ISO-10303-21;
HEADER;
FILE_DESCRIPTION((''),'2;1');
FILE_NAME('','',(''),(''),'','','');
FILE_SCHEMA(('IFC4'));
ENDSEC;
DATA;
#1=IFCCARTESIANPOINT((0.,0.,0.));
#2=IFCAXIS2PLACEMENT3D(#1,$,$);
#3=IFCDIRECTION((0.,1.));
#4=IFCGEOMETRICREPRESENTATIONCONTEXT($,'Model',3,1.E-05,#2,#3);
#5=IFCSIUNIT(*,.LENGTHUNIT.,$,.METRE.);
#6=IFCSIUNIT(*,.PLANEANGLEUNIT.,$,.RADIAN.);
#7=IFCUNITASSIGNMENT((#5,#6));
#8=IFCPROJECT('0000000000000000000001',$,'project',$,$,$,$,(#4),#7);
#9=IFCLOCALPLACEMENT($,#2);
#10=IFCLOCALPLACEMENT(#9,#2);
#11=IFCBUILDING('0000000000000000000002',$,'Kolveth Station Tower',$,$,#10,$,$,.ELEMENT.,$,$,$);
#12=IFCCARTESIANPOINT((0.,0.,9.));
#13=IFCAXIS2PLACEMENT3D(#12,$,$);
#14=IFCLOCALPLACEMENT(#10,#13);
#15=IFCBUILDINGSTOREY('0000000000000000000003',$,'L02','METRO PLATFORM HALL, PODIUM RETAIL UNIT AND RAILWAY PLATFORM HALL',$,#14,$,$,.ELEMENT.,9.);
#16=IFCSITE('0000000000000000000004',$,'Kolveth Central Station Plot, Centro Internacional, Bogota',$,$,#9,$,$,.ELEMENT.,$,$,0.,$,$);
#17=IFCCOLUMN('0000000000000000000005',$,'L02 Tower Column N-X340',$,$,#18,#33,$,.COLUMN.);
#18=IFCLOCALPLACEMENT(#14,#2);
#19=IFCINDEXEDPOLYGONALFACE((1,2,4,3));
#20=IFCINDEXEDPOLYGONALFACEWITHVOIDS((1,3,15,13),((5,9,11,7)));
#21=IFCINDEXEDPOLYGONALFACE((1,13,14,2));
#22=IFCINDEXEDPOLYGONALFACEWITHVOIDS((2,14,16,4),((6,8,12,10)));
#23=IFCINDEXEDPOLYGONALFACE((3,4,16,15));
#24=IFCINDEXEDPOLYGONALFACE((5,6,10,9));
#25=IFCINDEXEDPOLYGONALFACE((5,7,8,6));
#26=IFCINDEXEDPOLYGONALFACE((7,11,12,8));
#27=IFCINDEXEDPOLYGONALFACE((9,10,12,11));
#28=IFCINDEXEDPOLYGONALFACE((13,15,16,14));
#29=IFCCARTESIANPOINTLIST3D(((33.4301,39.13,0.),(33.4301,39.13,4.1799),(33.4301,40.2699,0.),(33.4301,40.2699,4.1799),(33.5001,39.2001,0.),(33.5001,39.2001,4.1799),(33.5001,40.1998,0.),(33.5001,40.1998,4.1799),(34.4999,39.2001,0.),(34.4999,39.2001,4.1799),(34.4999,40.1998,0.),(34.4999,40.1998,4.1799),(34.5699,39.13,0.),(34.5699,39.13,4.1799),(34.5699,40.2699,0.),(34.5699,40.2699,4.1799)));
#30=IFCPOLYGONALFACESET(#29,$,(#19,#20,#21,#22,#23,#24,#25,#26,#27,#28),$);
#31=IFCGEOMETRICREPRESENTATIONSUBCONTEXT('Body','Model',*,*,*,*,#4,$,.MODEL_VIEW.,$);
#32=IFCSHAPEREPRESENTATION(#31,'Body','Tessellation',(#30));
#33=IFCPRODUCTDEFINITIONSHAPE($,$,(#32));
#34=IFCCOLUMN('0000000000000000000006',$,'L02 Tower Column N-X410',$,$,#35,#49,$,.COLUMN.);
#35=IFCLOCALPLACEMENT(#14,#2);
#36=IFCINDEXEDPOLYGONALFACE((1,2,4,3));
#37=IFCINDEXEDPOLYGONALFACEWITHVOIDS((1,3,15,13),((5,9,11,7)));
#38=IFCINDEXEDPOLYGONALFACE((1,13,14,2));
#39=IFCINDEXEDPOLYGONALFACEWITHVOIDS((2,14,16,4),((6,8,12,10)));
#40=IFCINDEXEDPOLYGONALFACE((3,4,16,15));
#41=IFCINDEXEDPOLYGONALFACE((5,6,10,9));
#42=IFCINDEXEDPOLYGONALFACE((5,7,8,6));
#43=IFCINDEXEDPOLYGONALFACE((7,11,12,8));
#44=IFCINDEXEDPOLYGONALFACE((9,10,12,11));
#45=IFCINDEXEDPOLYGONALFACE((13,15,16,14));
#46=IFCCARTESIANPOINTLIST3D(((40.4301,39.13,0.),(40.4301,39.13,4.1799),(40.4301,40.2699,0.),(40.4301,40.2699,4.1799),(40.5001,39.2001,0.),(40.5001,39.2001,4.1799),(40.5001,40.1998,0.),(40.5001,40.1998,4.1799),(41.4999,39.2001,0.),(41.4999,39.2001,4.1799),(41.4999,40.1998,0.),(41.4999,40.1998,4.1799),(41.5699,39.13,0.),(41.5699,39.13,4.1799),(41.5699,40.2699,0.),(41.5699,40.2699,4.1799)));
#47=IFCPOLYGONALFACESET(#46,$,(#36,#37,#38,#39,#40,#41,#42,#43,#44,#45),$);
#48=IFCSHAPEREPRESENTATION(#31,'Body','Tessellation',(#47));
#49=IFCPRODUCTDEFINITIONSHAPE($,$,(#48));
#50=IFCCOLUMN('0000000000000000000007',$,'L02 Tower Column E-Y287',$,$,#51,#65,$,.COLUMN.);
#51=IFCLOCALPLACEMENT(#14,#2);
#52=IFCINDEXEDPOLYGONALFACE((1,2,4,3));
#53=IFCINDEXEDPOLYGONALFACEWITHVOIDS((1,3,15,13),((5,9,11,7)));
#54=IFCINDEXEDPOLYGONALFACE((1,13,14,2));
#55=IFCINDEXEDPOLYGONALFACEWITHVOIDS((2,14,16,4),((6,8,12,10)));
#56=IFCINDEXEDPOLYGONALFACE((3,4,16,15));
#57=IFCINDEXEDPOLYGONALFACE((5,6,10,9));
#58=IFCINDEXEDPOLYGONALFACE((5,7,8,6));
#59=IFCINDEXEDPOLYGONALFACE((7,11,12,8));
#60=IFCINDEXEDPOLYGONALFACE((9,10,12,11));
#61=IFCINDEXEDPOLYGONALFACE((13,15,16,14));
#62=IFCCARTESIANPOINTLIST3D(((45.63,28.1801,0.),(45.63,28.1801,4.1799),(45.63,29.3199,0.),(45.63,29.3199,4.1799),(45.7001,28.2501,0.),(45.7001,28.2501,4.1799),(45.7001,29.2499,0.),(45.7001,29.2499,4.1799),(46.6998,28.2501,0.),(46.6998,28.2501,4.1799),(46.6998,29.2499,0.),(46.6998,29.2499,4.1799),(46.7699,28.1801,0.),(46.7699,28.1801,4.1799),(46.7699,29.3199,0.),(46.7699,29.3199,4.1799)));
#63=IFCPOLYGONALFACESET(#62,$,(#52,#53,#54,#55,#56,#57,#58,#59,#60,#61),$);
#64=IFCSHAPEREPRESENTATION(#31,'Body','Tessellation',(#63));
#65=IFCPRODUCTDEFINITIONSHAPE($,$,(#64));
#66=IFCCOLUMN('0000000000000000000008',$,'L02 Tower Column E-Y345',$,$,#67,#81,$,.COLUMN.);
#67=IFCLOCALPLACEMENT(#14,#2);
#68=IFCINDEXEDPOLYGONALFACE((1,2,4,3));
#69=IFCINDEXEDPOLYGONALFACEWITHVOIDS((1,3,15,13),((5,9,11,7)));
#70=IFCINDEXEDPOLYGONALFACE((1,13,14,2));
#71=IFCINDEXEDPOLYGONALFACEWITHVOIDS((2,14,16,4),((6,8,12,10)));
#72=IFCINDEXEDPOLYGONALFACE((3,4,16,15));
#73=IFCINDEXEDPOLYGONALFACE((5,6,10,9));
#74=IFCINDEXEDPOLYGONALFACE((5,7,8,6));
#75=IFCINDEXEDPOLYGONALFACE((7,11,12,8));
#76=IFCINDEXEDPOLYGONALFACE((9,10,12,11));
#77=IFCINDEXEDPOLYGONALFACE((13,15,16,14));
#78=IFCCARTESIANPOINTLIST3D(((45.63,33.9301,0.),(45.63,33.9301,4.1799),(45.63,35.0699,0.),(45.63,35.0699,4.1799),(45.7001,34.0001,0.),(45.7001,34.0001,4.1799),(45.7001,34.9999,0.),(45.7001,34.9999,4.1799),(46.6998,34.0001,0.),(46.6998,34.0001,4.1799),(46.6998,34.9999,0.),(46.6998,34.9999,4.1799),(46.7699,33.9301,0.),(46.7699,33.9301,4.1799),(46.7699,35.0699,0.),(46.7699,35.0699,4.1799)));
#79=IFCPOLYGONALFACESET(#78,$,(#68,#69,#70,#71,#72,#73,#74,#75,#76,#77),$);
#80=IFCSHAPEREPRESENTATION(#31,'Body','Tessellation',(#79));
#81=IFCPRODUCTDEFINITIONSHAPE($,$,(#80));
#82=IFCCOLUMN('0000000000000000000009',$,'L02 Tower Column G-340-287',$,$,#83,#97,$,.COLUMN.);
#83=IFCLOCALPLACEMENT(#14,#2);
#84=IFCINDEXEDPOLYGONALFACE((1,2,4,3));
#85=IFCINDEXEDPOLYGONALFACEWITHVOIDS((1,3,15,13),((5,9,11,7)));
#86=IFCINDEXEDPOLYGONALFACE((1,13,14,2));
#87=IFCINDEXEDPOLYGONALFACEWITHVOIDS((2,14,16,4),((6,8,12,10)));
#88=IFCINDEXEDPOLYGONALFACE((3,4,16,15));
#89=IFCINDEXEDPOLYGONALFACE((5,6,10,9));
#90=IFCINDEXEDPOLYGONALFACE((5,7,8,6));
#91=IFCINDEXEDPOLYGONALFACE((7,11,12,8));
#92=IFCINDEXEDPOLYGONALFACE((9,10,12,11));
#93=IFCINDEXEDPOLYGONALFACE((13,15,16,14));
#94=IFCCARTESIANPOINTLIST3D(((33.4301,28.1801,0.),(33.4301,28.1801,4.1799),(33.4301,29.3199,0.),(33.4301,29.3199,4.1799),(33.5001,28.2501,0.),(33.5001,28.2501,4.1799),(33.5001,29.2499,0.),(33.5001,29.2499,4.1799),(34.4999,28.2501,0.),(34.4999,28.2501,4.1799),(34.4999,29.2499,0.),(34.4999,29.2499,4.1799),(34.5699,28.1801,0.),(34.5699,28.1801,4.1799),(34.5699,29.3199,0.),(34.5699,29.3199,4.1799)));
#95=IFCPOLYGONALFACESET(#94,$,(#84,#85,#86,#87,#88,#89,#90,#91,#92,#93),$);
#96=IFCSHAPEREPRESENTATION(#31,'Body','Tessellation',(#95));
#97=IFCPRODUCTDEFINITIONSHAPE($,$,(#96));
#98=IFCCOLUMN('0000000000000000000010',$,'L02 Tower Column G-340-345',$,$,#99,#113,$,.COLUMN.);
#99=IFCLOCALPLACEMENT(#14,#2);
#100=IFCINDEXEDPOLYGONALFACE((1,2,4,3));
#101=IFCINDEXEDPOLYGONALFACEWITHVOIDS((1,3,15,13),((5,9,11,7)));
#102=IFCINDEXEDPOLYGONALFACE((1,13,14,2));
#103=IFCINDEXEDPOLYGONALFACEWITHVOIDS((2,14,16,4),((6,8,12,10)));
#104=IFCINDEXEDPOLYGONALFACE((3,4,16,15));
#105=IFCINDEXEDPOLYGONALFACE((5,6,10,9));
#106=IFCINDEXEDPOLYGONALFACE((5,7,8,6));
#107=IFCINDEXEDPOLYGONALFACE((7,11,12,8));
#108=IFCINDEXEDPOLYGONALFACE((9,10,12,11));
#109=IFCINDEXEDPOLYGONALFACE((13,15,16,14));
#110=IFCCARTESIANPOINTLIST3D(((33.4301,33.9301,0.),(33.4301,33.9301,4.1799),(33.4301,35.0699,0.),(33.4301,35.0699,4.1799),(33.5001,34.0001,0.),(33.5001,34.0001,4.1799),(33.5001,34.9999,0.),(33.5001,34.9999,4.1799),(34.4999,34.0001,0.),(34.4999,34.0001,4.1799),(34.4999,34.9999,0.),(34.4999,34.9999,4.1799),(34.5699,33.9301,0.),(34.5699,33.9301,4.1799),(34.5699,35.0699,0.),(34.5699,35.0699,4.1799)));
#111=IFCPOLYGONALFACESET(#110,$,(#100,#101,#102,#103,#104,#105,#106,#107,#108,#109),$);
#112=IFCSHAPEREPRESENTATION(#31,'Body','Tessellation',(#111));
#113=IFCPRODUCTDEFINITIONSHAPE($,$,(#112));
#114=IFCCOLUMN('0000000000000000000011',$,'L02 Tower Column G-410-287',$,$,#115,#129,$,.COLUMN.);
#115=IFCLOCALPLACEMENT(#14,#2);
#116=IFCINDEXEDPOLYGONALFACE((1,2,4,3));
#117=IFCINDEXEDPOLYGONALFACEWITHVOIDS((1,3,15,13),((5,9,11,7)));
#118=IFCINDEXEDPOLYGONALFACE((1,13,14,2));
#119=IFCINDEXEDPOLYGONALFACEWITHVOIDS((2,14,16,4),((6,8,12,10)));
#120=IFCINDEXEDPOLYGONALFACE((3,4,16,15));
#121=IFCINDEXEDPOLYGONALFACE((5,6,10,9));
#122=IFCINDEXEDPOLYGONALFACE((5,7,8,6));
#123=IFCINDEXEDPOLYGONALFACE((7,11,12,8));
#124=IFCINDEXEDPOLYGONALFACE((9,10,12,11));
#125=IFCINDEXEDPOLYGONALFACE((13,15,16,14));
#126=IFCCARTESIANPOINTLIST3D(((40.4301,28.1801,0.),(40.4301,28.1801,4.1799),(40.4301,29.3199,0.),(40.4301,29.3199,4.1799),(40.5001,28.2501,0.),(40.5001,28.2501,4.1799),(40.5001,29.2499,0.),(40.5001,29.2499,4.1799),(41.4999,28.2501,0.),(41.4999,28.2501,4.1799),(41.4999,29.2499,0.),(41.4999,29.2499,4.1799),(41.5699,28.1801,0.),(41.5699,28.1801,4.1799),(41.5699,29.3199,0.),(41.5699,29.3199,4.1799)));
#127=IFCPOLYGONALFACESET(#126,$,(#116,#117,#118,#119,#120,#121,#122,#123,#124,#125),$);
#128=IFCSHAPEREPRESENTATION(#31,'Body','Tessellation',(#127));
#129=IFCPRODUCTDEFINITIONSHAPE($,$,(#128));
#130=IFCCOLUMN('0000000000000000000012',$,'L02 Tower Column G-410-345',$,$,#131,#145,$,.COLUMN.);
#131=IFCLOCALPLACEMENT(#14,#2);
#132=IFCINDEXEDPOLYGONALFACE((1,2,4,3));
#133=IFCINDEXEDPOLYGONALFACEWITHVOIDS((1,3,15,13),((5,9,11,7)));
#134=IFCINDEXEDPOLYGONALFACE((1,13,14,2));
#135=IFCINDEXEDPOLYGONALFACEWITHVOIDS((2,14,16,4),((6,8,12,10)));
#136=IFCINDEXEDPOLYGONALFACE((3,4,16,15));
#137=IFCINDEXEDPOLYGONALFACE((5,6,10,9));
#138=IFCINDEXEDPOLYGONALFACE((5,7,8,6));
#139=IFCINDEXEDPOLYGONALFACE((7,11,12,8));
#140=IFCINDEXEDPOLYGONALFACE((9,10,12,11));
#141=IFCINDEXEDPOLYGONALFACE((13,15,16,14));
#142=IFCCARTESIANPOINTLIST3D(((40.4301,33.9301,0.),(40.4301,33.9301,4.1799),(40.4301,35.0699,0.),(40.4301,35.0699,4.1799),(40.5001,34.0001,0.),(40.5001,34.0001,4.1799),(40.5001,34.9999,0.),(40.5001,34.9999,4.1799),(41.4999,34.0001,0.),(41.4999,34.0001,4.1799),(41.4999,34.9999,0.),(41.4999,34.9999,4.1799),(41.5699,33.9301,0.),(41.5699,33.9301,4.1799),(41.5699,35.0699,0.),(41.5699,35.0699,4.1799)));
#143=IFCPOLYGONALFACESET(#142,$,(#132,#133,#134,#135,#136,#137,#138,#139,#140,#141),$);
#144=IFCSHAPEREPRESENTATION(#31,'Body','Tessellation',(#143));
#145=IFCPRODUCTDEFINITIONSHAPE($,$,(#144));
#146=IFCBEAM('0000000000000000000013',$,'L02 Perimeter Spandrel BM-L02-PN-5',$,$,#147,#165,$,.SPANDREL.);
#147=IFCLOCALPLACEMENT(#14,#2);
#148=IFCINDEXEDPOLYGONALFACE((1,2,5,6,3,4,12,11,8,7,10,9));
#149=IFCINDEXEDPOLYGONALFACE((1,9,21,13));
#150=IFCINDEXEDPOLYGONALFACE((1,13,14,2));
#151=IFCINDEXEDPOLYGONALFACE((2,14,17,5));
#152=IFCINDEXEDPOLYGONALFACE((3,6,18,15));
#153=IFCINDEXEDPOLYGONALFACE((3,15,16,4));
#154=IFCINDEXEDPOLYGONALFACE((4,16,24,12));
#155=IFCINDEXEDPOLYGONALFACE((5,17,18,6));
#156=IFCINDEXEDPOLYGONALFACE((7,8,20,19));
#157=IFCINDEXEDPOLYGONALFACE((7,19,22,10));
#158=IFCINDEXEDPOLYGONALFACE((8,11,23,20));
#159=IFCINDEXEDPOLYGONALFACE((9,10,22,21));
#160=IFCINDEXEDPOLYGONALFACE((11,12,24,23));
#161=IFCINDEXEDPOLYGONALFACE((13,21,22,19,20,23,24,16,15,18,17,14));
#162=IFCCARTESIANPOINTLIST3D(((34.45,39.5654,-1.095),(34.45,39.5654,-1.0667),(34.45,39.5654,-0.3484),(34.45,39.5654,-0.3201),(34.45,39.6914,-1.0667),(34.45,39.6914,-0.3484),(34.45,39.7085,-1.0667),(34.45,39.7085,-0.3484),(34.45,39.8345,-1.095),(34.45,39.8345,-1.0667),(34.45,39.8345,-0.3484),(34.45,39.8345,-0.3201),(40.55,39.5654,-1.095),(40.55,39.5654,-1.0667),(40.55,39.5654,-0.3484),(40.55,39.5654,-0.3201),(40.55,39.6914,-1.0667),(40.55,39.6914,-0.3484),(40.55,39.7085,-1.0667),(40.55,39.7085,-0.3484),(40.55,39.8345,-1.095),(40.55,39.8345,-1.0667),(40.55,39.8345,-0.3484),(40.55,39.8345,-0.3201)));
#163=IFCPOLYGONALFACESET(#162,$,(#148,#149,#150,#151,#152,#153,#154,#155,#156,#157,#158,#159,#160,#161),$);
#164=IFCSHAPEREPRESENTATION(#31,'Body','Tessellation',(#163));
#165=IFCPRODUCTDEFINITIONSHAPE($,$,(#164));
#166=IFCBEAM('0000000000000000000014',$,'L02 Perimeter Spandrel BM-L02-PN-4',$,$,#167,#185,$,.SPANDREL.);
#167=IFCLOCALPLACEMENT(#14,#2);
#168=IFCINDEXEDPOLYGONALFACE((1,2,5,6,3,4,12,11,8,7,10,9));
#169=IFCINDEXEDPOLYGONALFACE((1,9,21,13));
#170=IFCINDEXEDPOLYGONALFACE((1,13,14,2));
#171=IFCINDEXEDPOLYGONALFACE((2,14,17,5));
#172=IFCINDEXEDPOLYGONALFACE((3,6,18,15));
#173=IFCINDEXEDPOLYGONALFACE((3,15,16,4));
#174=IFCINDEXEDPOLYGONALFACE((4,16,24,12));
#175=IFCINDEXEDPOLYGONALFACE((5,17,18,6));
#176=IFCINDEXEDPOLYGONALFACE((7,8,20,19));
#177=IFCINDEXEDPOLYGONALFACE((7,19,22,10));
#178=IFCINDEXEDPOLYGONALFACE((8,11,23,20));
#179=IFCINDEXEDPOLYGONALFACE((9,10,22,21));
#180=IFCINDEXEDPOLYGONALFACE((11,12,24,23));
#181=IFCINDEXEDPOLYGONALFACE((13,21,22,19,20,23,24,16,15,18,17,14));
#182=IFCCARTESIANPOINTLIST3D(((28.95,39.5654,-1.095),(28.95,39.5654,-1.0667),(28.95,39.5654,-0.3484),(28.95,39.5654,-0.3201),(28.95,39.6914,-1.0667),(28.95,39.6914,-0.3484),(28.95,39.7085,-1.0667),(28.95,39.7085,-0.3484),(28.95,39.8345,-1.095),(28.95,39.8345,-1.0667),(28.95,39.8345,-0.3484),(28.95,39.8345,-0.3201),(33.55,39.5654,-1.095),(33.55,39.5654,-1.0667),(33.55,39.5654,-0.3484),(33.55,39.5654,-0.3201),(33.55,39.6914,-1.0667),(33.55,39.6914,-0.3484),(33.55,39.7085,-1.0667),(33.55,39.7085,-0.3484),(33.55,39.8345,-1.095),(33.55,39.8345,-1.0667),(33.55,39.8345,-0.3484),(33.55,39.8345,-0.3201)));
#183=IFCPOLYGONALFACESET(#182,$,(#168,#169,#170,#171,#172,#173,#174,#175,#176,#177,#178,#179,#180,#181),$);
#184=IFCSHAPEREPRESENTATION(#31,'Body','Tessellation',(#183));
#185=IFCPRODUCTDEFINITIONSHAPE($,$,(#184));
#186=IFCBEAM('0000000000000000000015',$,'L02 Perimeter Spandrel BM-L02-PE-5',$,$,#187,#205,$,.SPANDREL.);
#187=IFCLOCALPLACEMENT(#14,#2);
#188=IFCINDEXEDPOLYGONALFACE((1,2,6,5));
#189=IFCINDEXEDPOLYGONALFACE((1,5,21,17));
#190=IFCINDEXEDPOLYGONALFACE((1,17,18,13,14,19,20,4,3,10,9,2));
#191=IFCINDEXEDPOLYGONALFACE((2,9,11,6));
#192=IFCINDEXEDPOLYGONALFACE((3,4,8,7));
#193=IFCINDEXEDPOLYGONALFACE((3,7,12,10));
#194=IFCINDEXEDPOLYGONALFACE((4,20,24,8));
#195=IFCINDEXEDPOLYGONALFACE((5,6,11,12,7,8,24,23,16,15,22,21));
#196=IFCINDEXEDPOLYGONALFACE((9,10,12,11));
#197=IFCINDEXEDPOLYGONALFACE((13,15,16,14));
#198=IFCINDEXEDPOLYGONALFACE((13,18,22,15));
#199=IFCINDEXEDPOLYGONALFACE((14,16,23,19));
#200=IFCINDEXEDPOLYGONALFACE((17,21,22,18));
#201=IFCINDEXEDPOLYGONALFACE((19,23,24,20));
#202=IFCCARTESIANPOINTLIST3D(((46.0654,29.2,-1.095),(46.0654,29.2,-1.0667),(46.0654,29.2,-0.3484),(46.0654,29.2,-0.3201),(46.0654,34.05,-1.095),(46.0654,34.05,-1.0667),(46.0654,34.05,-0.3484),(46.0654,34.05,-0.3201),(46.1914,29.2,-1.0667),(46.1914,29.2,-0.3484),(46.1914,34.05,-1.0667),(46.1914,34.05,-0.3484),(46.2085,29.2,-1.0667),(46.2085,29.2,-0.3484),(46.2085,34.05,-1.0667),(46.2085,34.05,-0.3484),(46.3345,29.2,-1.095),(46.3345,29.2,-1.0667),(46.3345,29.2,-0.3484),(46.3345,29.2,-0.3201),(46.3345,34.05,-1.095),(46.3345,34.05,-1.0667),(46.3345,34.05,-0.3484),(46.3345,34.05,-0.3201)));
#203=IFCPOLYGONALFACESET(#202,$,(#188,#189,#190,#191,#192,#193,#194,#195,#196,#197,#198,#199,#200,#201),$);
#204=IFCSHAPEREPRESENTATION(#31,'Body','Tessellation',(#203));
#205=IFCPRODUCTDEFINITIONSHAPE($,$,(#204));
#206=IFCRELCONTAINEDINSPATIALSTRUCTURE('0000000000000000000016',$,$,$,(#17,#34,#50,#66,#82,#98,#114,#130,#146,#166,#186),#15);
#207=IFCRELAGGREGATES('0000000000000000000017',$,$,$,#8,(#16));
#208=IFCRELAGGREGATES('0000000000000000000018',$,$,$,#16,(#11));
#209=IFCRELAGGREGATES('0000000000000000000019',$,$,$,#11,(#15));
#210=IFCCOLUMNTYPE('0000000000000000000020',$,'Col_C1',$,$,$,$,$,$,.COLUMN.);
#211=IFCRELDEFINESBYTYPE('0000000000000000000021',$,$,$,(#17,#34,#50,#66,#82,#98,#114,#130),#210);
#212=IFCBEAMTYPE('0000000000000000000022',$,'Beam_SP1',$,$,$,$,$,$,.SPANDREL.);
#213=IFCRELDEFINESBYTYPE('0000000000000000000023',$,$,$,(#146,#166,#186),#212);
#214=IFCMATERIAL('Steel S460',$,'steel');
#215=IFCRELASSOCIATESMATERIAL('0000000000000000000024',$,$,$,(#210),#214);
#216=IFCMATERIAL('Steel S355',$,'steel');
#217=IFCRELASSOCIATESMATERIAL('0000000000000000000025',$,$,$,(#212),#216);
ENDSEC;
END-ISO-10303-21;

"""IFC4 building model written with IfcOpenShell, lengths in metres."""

from ifc_helpers import new_model, si_unit, direction, frame, origin, origin_2d, place, context, subcontext, project, spatial, hollow_rectangle, i_section, extrude, source, transform, mapped, material, material_profile, profile_set, type_object, element, save


model = new_model("IFC4")

# Units and contexts
model_context = context("Model", 3, precision=1e-05, world=origin(), true_north=direction((0.0, 1.0)))
body_context = subcontext(model_context, "Body", "Model", "MODEL_VIEW")
ifc_project = project(units=[si_unit("LENGTHUNIT", "METRE"), si_unit("PLANEANGLEUNIT", "RADIAN")], contexts=[model_context])

# Site, building, storey
site_placement = place(None, origin())
site = spatial("IfcSite", under=ifc_project, at=site_placement, Name="Kolveth Central Station Plot, Centro Internacional, Bogota", CompositionType="ELEMENT", RefElevation=0.0)
building_placement = place(site_placement, origin())
building = spatial("IfcBuilding", under=site, at=building_placement, Name="Kolveth Station Tower", CompositionType="ELEMENT")
storey_placement = place(building_placement, frame((0.0, 0.0, 9.0)))
storey = spatial("IfcBuildingStorey", under=building, at=storey_placement, Name="L02", Description="METRO PLATFORM HALL, PODIUM RETAIL UNIT AND RAILWAY PLATFORM HALL", CompositionType="ELEMENT", Elevation=9.0)

# Columns
ifc_material_1 = material(Name="Steel S460", Category="steel")
ifc_material_profile_1 = material_profile(ifc_material_1, hollow_rectangle(XDim=1.1399, YDim=1.1399, WallThickness=0.0701, at=origin_2d()), Name="BOX1140x1140x70")
ifc_profile_set_1 = profile_set([ifc_material_profile_1], Name="Steel S460")
column_type = type_object("IfcColumnType", Name="Col_C1", PredefinedType="COLUMN", material=ifc_profile_set_1)
shared_shape_1 = source(origin(), body_context, "Body", "SweptSolid", [
    extrude(hollow_rectangle(XDim=1.1399, YDim=1.1399, WallThickness=0.0701, at=origin_2d()), origin(), (0.0, 0.0, 1.0), 4.1799),
])
for number, where, z_axis, x_axis, name in (
    (1, (34.0, 39.7, 0.0), (0.0, 0.0, 1.0), (1.0, 0.0, 0.0), "L02 Tower Column N-X340"),
    (2, (41.0, 39.7, 0.0), (0.0, 0.0, 1.0), (1.0, 0.0, 0.0), "L02 Tower Column N-X410"),
    (3, (46.2, 28.75, 0.0), (0.0, 0.0, 1.0), (1.0, 0.0, 0.0), "L02 Tower Column E-Y287"),
    (4, (46.2, 34.5, 0.0), (0.0, 0.0, 1.0), (1.0, 0.0, 0.0), "L02 Tower Column E-Y345"),
    (5, (34.0, 28.75, 0.0), (0.0, 0.0, 1.0), (1.0, 0.0, 0.0), "L02 Tower Column G-340-287"),
    (6, (34.0, 34.5, 0.0), (0.0, 0.0, 1.0), (1.0, 0.0, 0.0), "L02 Tower Column G-340-345"),
    (7, (41.0, 28.75, 0.0), (0.0, 0.0, 1.0), (1.0, 0.0, 0.0), "L02 Tower Column G-410-287"),
    (8, (41.0, 34.5, 0.0), (0.0, 0.0, 1.0), (1.0, 0.0, 0.0), "L02 Tower Column G-410-345"),
):
    element("IfcColumn", number, at=place(storey_placement, frame(where, z_axis=z_axis, x_axis=x_axis)), inside=storey, type_object=column_type, Name=name, PredefinedType="COLUMN", context=body_context, shape_type="MappedRepresentation", body=[
        mapped(shared_shape_1, transform((0.0, 0.0, 0.0), x_axis=(1.0, 0.0, 0.0), y_axis=(0.0, 1.0, 0.0), z_axis=(0.0, 0.0, 1.0), scale=1.0)),
    ])

# Beams
ifc_material_2 = material(Name="Steel S355", Category="steel")
ifc_material_profile_2 = material_profile(ifc_material_2, i_section(OverallWidth=0.269, OverallDepth=0.7749, WebThickness=0.0171, FlangeThickness=0.0283, at=origin_2d()), Name="W760x220")
ifc_profile_set_2 = profile_set([ifc_material_profile_2], Name="Steel S355")
beam_type_1 = type_object("IfcBeamType", Name="Beam_SP1", PredefinedType="SPANDREL", material=ifc_profile_set_2)
shared_shape_2 = source(origin(), body_context, "Body", "SweptSolid", [
    extrude(i_section(OverallWidth=0.269, OverallDepth=0.7749, WebThickness=0.0171, FlangeThickness=0.0283, at=origin_2d()), origin(), (0.0, 0.0, 1.0), 6.1001),
])
beam_1_placement = place(storey_placement, frame((34.45, 39.7, -0.7075), z_axis=(1.0, 0.0, 0.0), x_axis=(0.0, 1.0, 0.0)))
element("IfcBeam", 9, at=beam_1_placement, inside=storey, type_object=beam_type_1, Name="L02 Perimeter Spandrel BM-L02-PN-5", PredefinedType="SPANDREL", context=body_context, shape_type="MappedRepresentation", body=[
    mapped(shared_shape_2, transform((0.0, 0.0, 0.0), x_axis=(1.0, 0.0, 0.0), y_axis=(0.0, 1.0, 0.0), z_axis=(0.0, 0.0, 1.0), scale=1.0)),
])
shared_shape_3 = source(origin(), body_context, "Body", "SweptSolid", [
    extrude(i_section(OverallWidth=0.269, OverallDepth=0.7749, WebThickness=0.0171, FlangeThickness=0.0283, at=origin_2d()), origin(), (0.0, 0.0, 1.0), 4.6001),
])
beam_2_placement = place(storey_placement, frame((28.95, 39.7, -0.7075), z_axis=(1.0, 0.0, 0.0), x_axis=(0.0, 1.0, 0.0)))
element("IfcBeam", 10, at=beam_2_placement, inside=storey, type_object=beam_type_1, Name="L02 Perimeter Spandrel BM-L02-PN-4", PredefinedType="SPANDREL", context=body_context, shape_type="MappedRepresentation", body=[
    mapped(shared_shape_3, transform((0.0, 0.0, 0.0), x_axis=(1.0, 0.0, 0.0), y_axis=(0.0, 1.0, 0.0), z_axis=(0.0, 0.0, 1.0), scale=1.0)),
])
shared_shape_4 = source(origin(), body_context, "Body", "SweptSolid", [
    extrude(i_section(OverallWidth=0.269, OverallDepth=0.7749, WebThickness=0.0171, FlangeThickness=0.0283, at=origin_2d()), origin(), (0.0, 0.0, 1.0), 4.8501),
])
beam_3_placement = place(storey_placement, frame((46.2, 29.2, -0.7075), z_axis=(0.0, 1.0, 0.0), x_axis=(-1.0, 0.0, 0.0)))
element("IfcBeam", 11, at=beam_3_placement, inside=storey, type_object=beam_type_1, Name="L02 Perimeter Spandrel BM-L02-PE-5", PredefinedType="SPANDREL", context=body_context, shape_type="MappedRepresentation", body=[
    mapped(shared_shape_4, transform((0.0, 0.0, 0.0), x_axis=(1.0, 0.0, 0.0), y_axis=(0.0, 1.0, 0.0), z_axis=(0.0, 0.0, 1.0), scale=1.0)),
])

save(model, "model.ifc")
